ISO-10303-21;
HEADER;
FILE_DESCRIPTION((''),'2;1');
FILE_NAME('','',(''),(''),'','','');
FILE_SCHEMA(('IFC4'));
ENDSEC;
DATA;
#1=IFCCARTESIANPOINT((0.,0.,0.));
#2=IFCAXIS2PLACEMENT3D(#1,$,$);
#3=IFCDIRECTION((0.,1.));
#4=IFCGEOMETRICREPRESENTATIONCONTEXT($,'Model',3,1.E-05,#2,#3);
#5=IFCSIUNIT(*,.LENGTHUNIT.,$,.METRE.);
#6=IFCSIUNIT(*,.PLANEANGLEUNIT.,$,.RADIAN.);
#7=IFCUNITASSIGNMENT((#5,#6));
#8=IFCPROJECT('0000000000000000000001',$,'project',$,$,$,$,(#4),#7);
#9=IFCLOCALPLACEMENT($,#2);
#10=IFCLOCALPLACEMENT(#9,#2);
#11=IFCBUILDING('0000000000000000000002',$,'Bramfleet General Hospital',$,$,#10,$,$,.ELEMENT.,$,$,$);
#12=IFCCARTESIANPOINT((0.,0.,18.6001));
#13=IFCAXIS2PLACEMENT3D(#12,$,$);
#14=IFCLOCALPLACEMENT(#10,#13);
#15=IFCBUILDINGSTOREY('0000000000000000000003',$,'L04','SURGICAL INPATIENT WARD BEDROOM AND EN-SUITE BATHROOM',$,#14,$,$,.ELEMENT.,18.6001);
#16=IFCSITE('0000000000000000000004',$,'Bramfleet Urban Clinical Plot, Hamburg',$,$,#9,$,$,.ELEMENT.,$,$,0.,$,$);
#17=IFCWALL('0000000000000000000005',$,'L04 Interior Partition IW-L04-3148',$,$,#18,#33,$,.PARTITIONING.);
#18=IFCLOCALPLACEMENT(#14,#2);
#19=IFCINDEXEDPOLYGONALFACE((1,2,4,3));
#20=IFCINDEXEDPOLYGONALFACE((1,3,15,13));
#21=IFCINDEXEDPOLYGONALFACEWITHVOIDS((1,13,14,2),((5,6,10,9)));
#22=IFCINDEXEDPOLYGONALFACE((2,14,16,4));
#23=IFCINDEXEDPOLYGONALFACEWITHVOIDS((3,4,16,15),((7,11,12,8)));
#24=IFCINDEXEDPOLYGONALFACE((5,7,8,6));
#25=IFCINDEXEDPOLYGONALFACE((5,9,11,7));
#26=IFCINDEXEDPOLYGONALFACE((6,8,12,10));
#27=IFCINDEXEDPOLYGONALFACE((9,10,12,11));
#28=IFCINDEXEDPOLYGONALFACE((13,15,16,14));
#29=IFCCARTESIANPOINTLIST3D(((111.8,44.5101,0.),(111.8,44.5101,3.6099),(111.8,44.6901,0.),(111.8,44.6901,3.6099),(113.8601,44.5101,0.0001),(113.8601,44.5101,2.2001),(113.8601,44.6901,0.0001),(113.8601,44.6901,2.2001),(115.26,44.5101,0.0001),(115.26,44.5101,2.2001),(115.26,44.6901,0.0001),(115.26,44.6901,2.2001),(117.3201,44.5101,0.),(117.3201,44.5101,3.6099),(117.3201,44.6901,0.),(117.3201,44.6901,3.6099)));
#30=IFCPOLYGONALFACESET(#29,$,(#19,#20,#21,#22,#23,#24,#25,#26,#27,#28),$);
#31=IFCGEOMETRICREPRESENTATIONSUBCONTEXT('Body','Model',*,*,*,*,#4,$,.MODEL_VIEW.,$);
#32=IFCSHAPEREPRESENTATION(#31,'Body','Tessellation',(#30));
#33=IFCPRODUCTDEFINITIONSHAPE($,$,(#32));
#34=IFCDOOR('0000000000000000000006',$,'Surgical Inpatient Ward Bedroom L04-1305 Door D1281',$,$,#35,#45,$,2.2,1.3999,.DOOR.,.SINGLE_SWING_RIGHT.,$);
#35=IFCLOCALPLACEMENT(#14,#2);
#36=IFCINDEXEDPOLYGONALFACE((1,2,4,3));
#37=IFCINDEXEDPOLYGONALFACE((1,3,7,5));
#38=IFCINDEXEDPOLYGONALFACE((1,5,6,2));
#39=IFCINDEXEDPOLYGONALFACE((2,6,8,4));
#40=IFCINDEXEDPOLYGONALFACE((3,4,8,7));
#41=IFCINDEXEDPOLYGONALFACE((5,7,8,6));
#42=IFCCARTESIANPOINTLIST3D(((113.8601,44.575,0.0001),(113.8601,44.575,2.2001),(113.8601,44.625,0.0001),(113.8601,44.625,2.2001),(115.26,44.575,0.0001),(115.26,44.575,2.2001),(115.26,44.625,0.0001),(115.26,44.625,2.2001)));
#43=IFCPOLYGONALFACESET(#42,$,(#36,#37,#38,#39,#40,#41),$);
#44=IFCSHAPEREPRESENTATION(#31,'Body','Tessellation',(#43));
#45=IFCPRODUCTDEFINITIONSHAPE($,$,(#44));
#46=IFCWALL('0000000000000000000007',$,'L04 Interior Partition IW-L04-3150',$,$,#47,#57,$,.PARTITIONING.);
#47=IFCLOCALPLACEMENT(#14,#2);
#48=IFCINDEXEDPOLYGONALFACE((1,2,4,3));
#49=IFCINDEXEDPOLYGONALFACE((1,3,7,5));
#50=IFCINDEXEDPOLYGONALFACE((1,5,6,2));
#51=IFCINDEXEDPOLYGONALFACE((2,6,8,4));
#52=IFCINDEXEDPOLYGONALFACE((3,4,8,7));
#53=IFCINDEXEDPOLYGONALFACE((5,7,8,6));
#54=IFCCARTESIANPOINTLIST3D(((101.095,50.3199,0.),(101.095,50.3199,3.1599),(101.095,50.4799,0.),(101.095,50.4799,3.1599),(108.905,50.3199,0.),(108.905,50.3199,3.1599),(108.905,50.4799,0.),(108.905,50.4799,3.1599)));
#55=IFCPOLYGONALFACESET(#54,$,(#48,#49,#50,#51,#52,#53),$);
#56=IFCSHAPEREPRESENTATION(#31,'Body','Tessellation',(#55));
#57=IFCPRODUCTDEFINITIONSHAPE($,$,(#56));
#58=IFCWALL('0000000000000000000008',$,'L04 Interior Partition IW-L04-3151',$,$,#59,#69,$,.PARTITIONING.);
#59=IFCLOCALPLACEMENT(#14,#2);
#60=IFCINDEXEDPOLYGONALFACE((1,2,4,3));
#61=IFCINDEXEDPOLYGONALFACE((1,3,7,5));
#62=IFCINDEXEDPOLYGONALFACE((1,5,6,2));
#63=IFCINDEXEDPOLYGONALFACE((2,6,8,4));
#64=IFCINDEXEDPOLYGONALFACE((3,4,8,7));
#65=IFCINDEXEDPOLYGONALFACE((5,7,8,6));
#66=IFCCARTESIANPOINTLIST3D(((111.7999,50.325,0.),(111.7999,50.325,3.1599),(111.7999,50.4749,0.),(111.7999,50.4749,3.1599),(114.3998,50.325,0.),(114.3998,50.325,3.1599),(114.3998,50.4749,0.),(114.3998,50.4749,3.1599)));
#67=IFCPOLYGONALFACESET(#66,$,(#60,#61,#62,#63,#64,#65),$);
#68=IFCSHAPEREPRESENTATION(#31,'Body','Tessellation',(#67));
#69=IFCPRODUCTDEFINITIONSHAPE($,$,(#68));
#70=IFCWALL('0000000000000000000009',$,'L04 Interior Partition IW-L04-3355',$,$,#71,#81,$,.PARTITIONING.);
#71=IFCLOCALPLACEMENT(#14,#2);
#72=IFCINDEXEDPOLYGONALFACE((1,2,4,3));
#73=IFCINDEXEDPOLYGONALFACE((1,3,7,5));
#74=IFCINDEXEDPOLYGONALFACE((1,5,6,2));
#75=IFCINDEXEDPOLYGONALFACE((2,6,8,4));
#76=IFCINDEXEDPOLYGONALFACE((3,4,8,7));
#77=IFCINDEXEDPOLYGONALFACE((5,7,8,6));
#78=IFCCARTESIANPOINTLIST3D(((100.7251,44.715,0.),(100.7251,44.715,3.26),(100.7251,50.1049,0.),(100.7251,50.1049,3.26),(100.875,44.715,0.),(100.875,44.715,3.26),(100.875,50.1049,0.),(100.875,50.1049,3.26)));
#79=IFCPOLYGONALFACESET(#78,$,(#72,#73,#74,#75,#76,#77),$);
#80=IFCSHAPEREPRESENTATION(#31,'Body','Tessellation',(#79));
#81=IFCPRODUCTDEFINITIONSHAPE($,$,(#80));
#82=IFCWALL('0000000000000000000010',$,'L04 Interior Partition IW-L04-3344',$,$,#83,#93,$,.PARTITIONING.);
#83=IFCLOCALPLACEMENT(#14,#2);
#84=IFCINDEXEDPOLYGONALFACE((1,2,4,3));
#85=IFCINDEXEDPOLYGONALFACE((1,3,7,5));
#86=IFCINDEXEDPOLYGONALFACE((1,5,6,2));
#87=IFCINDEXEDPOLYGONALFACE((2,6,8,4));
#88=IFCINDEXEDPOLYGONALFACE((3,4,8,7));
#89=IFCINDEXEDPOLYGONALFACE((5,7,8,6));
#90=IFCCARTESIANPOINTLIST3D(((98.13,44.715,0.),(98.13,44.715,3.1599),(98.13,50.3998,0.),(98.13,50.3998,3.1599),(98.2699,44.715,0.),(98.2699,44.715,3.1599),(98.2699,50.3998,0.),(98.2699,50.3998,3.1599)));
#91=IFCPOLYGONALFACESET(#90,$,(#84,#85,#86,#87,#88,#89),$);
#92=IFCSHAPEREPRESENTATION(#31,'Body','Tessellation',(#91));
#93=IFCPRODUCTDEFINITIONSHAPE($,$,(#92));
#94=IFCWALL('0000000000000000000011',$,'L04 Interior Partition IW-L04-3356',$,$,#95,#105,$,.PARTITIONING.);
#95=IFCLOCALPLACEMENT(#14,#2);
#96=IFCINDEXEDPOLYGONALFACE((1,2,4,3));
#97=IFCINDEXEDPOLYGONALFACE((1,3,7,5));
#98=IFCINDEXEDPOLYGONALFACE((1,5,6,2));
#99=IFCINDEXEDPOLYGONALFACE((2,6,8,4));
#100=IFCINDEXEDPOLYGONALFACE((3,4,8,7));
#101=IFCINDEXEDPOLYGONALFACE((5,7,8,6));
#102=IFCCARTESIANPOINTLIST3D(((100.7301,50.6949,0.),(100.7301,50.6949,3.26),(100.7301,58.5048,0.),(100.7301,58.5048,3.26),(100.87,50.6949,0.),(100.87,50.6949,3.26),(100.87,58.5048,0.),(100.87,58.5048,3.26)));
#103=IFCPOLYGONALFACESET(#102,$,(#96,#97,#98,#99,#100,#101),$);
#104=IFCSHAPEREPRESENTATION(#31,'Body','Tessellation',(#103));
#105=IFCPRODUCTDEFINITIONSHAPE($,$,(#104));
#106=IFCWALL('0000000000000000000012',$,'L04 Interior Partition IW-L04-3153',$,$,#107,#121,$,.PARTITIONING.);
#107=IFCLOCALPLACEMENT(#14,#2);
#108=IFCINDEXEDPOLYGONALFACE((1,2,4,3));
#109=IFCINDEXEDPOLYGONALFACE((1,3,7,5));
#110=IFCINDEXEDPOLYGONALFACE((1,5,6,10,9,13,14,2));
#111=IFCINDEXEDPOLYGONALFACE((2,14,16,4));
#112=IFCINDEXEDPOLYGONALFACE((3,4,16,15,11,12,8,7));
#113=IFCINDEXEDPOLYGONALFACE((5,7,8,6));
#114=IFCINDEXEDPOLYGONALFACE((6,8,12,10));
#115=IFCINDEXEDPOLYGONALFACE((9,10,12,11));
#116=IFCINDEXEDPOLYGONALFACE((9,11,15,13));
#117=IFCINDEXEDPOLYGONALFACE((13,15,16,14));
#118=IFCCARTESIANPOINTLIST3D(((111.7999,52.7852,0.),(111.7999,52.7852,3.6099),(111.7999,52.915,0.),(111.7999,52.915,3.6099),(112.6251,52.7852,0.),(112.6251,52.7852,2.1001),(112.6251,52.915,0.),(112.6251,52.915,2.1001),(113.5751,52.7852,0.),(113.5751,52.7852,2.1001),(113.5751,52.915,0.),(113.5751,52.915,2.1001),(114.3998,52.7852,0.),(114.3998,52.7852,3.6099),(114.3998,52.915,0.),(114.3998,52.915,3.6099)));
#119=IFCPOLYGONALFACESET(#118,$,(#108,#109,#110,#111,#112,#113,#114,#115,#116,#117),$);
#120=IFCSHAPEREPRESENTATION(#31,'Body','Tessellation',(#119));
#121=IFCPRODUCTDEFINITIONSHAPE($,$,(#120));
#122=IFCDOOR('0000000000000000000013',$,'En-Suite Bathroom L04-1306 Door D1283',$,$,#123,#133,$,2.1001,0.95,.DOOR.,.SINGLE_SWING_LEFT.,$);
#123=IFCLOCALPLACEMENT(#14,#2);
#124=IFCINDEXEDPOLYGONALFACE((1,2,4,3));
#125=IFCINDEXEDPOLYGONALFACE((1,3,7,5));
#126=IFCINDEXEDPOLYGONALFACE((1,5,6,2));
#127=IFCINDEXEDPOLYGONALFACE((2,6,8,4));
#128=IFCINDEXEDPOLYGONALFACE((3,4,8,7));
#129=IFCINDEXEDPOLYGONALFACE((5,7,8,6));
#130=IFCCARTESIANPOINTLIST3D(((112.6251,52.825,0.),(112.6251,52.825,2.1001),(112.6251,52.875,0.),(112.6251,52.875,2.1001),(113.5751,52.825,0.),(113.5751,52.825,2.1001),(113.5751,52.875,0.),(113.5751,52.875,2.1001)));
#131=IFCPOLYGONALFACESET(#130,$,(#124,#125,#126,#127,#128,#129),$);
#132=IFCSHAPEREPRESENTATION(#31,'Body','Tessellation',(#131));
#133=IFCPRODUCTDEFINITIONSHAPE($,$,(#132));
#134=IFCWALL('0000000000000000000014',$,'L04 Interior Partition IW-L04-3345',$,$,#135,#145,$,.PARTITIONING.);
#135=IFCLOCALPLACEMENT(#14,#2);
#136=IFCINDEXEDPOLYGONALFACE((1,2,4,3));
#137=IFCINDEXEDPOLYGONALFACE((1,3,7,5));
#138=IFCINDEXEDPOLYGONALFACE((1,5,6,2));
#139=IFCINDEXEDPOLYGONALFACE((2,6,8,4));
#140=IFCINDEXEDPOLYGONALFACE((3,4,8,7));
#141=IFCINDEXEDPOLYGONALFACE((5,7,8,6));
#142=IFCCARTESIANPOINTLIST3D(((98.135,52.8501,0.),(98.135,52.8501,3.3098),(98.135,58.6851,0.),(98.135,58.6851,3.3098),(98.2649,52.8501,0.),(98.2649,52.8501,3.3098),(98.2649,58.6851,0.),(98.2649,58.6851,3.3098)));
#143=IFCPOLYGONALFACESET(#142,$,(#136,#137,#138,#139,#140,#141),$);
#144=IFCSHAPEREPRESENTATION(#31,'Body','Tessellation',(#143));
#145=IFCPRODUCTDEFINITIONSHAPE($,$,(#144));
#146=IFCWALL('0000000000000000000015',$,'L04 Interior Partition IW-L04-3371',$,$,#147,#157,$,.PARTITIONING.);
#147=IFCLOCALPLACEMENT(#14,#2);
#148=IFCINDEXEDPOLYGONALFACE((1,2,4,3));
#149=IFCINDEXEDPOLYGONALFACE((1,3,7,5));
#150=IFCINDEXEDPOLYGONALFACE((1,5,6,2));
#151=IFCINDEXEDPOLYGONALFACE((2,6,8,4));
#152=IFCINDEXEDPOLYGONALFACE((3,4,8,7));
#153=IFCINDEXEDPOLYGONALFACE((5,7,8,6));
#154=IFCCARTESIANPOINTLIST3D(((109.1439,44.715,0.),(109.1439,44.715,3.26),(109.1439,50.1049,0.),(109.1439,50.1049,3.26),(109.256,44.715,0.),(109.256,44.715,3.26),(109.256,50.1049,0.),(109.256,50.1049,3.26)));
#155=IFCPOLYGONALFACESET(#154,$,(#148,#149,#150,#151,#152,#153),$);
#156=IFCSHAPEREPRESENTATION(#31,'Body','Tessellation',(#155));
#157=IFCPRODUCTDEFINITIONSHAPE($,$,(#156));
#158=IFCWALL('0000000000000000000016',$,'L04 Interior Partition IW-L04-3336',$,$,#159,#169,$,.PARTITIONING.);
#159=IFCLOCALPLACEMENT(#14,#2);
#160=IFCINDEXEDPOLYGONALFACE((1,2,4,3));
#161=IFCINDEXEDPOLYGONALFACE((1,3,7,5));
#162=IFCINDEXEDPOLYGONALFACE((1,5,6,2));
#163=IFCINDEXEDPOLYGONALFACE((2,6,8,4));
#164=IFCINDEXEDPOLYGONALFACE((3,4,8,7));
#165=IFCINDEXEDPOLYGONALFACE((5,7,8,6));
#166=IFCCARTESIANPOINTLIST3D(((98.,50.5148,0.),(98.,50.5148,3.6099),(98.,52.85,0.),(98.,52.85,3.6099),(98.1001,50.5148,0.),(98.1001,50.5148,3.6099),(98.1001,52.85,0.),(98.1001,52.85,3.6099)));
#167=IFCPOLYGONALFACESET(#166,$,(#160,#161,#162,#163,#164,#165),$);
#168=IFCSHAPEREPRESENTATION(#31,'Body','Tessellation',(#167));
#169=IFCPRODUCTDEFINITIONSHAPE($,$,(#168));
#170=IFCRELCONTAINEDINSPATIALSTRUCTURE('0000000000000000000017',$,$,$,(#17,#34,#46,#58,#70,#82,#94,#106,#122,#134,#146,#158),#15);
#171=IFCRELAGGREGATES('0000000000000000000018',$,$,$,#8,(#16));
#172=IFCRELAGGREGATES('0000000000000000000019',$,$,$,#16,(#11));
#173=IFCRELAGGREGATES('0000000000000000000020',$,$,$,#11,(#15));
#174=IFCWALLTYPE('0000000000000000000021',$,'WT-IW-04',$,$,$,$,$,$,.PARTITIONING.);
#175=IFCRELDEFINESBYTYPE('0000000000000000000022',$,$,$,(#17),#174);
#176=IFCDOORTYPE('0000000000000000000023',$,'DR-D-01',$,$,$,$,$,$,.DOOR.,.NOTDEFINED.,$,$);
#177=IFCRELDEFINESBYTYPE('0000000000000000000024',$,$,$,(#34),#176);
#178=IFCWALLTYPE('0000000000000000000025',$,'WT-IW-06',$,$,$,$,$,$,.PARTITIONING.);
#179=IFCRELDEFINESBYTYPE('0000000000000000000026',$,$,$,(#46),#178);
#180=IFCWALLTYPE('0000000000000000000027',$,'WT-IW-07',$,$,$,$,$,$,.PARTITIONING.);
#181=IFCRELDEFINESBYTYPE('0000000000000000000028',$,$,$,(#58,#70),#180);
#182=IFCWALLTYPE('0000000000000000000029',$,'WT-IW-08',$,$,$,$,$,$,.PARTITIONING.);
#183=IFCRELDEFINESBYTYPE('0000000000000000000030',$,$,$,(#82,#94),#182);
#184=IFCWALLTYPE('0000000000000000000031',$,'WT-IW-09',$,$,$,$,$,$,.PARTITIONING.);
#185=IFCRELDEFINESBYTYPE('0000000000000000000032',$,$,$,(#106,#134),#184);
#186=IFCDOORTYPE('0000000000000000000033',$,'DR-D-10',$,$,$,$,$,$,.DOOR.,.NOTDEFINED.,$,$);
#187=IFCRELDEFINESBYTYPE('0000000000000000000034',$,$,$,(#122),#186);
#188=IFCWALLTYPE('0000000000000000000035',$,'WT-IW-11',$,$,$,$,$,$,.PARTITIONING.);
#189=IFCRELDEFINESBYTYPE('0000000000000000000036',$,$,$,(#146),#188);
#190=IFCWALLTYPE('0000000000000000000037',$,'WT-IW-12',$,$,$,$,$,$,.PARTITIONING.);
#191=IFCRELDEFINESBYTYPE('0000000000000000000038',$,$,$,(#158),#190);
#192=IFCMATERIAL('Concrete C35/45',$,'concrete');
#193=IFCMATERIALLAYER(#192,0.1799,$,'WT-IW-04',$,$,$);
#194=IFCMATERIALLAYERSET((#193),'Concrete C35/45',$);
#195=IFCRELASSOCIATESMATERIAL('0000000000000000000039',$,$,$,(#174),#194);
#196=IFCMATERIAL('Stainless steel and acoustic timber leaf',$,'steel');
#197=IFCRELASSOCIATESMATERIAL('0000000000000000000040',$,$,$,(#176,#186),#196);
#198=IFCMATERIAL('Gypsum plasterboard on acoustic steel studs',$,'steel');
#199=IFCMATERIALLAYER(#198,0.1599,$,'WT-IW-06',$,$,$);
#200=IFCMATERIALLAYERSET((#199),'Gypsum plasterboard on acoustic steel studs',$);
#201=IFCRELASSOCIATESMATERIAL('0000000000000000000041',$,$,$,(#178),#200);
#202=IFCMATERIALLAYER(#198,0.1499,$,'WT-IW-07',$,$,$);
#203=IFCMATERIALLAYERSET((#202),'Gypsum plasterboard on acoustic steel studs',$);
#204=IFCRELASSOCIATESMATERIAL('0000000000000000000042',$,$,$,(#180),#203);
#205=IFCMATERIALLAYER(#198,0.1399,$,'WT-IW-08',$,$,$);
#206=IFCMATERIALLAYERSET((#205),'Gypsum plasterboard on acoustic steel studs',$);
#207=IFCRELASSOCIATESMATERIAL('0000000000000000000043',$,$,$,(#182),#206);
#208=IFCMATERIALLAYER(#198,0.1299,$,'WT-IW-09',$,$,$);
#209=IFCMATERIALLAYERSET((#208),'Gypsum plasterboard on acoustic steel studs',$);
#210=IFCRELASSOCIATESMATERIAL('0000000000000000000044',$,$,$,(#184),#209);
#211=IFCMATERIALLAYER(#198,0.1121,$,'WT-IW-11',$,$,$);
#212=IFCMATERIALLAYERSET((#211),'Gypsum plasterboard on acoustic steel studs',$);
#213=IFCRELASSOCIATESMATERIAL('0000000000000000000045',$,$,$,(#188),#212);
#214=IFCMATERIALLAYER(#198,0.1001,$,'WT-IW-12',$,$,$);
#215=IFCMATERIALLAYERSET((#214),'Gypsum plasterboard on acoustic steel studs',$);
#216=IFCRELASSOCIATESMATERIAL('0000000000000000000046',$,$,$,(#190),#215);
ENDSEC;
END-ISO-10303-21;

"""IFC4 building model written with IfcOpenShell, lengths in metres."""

from ifc_helpers import new_model, si_unit, direction, frame, frame_2d, origin, place, context, subcontext, project, spatial, rectangle, extrude, material, layer, layer_set, type_object, element, fill, save


model = new_model("IFC4")

# Units and contexts
model_context = context("Model", 3, precision=1e-05, world=origin(), true_north=direction((0.0, 1.0)))
body_context = subcontext(model_context, "Body", "Model", "MODEL_VIEW")
ifc_project = project(units=[si_unit("LENGTHUNIT", "METRE"), si_unit("PLANEANGLEUNIT", "RADIAN")], contexts=[model_context])

# Site, building, storey
site_placement = place(None, origin())
site = spatial("IfcSite", under=ifc_project, at=site_placement, Name="Bramfleet Urban Clinical Plot, Hamburg", CompositionType="ELEMENT", RefElevation=0.0)
building_placement = place(site_placement, origin())
building = spatial("IfcBuilding", under=site, at=building_placement, Name="Bramfleet General Hospital", CompositionType="ELEMENT")
storey_placement = place(building_placement, frame((0.0, 0.0, 18.6001)))
storey = spatial("IfcBuildingStorey", under=building, at=storey_placement, Name="L04", Description="SURGICAL INPATIENT WARD BEDROOM AND EN-SUITE BATHROOM", CompositionType="ELEMENT", Elevation=18.6001)

# Wall, opening, door
ifc_material_1 = material(Name="Concrete C35/45", Category="concrete")
ifc_material_2 = material(Name="Stainless steel and acoustic timber leaf", Category="steel")
ifc_layer_1 = layer(ifc_material_1, 0.1799, Name="WT-IW-04")
ifc_layer_set_1 = layer_set([ifc_layer_1], Name="Concrete C35/45")
wall_type_1 = type_object("IfcWallType", Name="WT-IW-04", PredefinedType="PARTITIONING", material=ifc_layer_set_1)
wall_1_placement = place(storey_placement, frame((111.8, 44.6001, 0.0), z_axis=(0.0, 0.0, 1.0), x_axis=(1.0, 0.0, 0.0)))
wall_1 = element("IfcWall", 1, at=wall_1_placement, inside=storey, type_object=wall_type_1, Name="L04 Interior Partition IW-L04-3148", PredefinedType="PARTITIONING", context=body_context, shape_type="SweptSolid", body=[
    extrude(rectangle(XDim=5.52, YDim=0.1799, at=frame_2d((2.76, 0.0))), origin(), (0.0, 0.0, 1.0), 3.6099),
])
opening_1_placement = place(wall_1_placement, frame((2.0601, 0.0, 0.0)))
opening_1 = element("IfcOpeningElement", 2, at=opening_1_placement, cuts=wall_1, PredefinedType="OPENING", context=body_context, shape_type="SweptSolid", body=[
    extrude(rectangle(XDim=1.3999, YDim=2.2, at=frame_2d((0.7, 1.1001))), frame((0.0, 0.0999, 0.0), z_axis=(0.0, -1.0, 0.0), x_axis=(1.0, 0.0, 0.0)), (0.0, 0.0, 1.0), 0.2),
])
door_type_1 = type_object("IfcDoorType", Name="DR-D-01", OperationType="NOTDEFINED", PredefinedType="DOOR", material=ifc_material_2)
door_1_placement = place(opening_1_placement, origin())
door_1 = element("IfcDoor", 3, at=door_1_placement, inside=storey, type_object=door_type_1, Name="Surgical Inpatient Ward Bedroom L04-1305 Door D1281", OperationType="SINGLE_SWING_RIGHT", OverallHeight=2.2, OverallWidth=1.3999, PredefinedType="DOOR", context=body_context, shape_type="SweptSolid", body=[
    extrude(rectangle(XDim=1.3999, YDim=2.2, at=frame_2d((0.7, 1.1001))), frame((0.0, 0.0249, 0.0), z_axis=(0.0, -1.0, 0.0), x_axis=(1.0, 0.0, 0.0)), (0.0, 0.0, 1.0), 0.05),
])
fill(opening_1, door_1)

# Walls
ifc_material_3 = material(Name="Gypsum plasterboard on acoustic steel studs", Category="steel")
ifc_layer_2 = layer(ifc_material_3, 0.1599, Name="WT-IW-06")
ifc_layer_set_2 = layer_set([ifc_layer_2], Name="Gypsum plasterboard on acoustic steel studs")
wall_type_2 = type_object("IfcWallType", Name="WT-IW-06", PredefinedType="PARTITIONING", material=ifc_layer_set_2)
wall_2_placement = place(storey_placement, frame((101.095, 50.3999, 0.0), z_axis=(0.0, 0.0, 1.0), x_axis=(1.0, 0.0, 0.0)))
element("IfcWall", 4, at=wall_2_placement, inside=storey, type_object=wall_type_2, Name="L04 Interior Partition IW-L04-3150", PredefinedType="PARTITIONING", context=body_context, shape_type="SweptSolid", body=[
    extrude(rectangle(XDim=7.8101, YDim=0.1599, at=frame_2d((3.905, 0.0))), origin(), (0.0, 0.0, 1.0), 3.1599),
])
ifc_layer_3 = layer(ifc_material_3, 0.1499, Name="WT-IW-07")
ifc_layer_set_3 = layer_set([ifc_layer_3], Name="Gypsum plasterboard on acoustic steel studs")
wall_type_3 = type_object("IfcWallType", Name="WT-IW-07", PredefinedType="PARTITIONING", material=ifc_layer_set_3)
wall_3_placement = place(storey_placement, frame((111.8, 50.3999, 0.0), z_axis=(0.0, 0.0, 1.0), x_axis=(1.0, 0.0, 0.0)))
element("IfcWall", 5, at=wall_3_placement, inside=storey, type_object=wall_type_3, Name="L04 Interior Partition IW-L04-3151", PredefinedType="PARTITIONING", context=body_context, shape_type="SweptSolid", body=[
    extrude(rectangle(XDim=2.5999, YDim=0.1499, at=frame_2d((1.2998, 0.0))), origin(), (0.0, 0.0, 1.0), 3.1599),
])
wall_4_placement = place(storey_placement, frame((100.8, 44.7151, 0.0), z_axis=(0.0, 0.0, 1.0), x_axis=(0.0, 1.0, 0.0)))
element("IfcWall", 6, at=wall_4_placement, inside=storey, type_object=wall_type_3, Name="L04 Interior Partition IW-L04-3355", PredefinedType="PARTITIONING", context=body_context, shape_type="SweptSolid", body=[
    extrude(rectangle(XDim=5.3899, YDim=0.1499, at=frame_2d((2.6948, 0.0))), origin(), (0.0, 0.0, 1.0), 3.26),
])
ifc_layer_4 = layer(ifc_material_3, 0.1399, Name="WT-IW-08")
ifc_layer_set_4 = layer_set([ifc_layer_4], Name="Gypsum plasterboard on acoustic steel studs")
wall_type_4 = type_object("IfcWallType", Name="WT-IW-08", PredefinedType="PARTITIONING", material=ifc_layer_set_4)
wall_5_placement = place(storey_placement, frame((98.2, 44.7151, 0.0), z_axis=(0.0, 0.0, 1.0), x_axis=(0.0, 1.0, 0.0)))
element("IfcWall", 7, at=wall_5_placement, inside=storey, type_object=wall_type_4, Name="L04 Interior Partition IW-L04-3344", PredefinedType="PARTITIONING", context=body_context, shape_type="SweptSolid", body=[
    extrude(rectangle(XDim=5.6848, YDim=0.1399, at=frame_2d((2.8423, 0.0))), origin(), (0.0, 0.0, 1.0), 3.1599),
])
wall_6_placement = place(storey_placement, frame((100.8, 50.6951, 0.0), z_axis=(0.0, 0.0, 1.0), x_axis=(0.0, 1.0, 0.0)))
element("IfcWall", 8, at=wall_6_placement, inside=storey, type_object=wall_type_4, Name="L04 Interior Partition IW-L04-3356", PredefinedType="PARTITIONING", context=body_context, shape_type="SweptSolid", body=[
    extrude(rectangle(XDim=7.8098, YDim=0.1399, at=frame_2d((3.9048, 0.0))), origin(), (0.0, 0.0, 1.0), 3.26),
])

# Wall, opening, door
ifc_layer_5 = layer(ifc_material_3, 0.1299, Name="WT-IW-09")
ifc_layer_set_5 = layer_set([ifc_layer_5], Name="Gypsum plasterboard on acoustic steel studs")
wall_type_5 = type_object("IfcWallType", Name="WT-IW-09", PredefinedType="PARTITIONING", material=ifc_layer_set_5)
wall_7_placement = place(storey_placement, frame((111.8, 52.8501, 0.0), z_axis=(0.0, 0.0, 1.0), x_axis=(1.0, 0.0, 0.0)))
wall_7 = element("IfcWall", 9, at=wall_7_placement, inside=storey, type_object=wall_type_5, Name="L04 Interior Partition IW-L04-3153", PredefinedType="PARTITIONING", context=body_context, shape_type="SweptSolid", body=[
    extrude(rectangle(XDim=2.5999, YDim=0.1299, at=frame_2d((1.2998, 0.0))), origin(), (0.0, 0.0, 1.0), 3.6099),
])
opening_2_placement = place(wall_7_placement, frame((0.825, 0.0, 0.0)))
opening_2 = element("IfcOpeningElement", 10, at=opening_2_placement, cuts=wall_7, PredefinedType="OPENING", context=body_context, shape_type="SweptSolid", body=[
    extrude(rectangle(XDim=0.95, YDim=2.1001, at=frame_2d((0.4751, 1.05))), frame((0.0, 0.075, 0.0), z_axis=(0.0, -1.0, 0.0), x_axis=(1.0, 0.0, 0.0)), (0.0, 0.0, 1.0), 0.1499),
])
door_type_2 = type_object("IfcDoorType", Name="DR-D-10", OperationType="NOTDEFINED", PredefinedType="DOOR", material=ifc_material_2)
door_2_placement = place(opening_2_placement, origin())
door_2 = element("IfcDoor", 11, at=door_2_placement, inside=storey, type_object=door_type_2, Name="En-Suite Bathroom L04-1306 Door D1283", OperationType="SINGLE_SWING_LEFT", OverallHeight=2.1001, OverallWidth=0.95, PredefinedType="DOOR", context=body_context, shape_type="SweptSolid", body=[
    extrude(rectangle(XDim=0.95, YDim=2.1001, at=frame_2d((0.4751, 1.05))), frame((0.0, 0.0249, 0.0), z_axis=(0.0, -1.0, 0.0), x_axis=(1.0, 0.0, 0.0)), (0.0, 0.0, 1.0), 0.05),
])
fill(opening_2, door_2)

# Walls
wall_8_placement = place(storey_placement, frame((98.2, 52.8501, 0.0), z_axis=(0.0, 0.0, 1.0), x_axis=(0.0, 1.0, 0.0)))
element("IfcWall", 12, at=wall_8_placement, inside=storey, type_object=wall_type_5, Name="L04 Interior Partition IW-L04-3345", PredefinedType="PARTITIONING", context=body_context, shape_type="SweptSolid", body=[
    extrude(rectangle(XDim=5.835, YDim=0.1299, at=frame_2d((2.9175, 0.0))), origin(), (0.0, 0.0, 1.0), 3.3098),
])
ifc_layer_6 = layer(ifc_material_3, 0.1121, Name="WT-IW-11")
ifc_layer_set_6 = layer_set([ifc_layer_6], Name="Gypsum plasterboard on acoustic steel studs")
wall_type_6 = type_object("IfcWallType", Name="WT-IW-11", PredefinedType="PARTITIONING", material=ifc_layer_set_6)
wall_9_placement = place(storey_placement, frame((109.2, 44.7151, 0.0), z_axis=(0.0, 0.0, 1.0), x_axis=(0.0, 1.0, 0.0)))
element("IfcWall", 13, at=wall_9_placement, inside=storey, type_object=wall_type_6, Name="L04 Interior Partition IW-L04-3371", PredefinedType="PARTITIONING", context=body_context, shape_type="SweptSolid", body=[
    extrude(rectangle(XDim=5.3899, YDim=0.1121, at=frame_2d((2.6948, 0.0))), origin(), (0.0, 0.0, 1.0), 3.26),
])
ifc_layer_7 = layer(ifc_material_3, 0.1001, Name="WT-IW-12")
ifc_layer_set_7 = layer_set([ifc_layer_7], Name="Gypsum plasterboard on acoustic steel studs")
wall_type_7 = type_object("IfcWallType", Name="WT-IW-12", PredefinedType="PARTITIONING", material=ifc_layer_set_7)
wall_10_placement = place(storey_placement, frame((98.05, 50.5149, 0.0), z_axis=(0.0, 0.0, 1.0), x_axis=(0.0, 1.0, 0.0)))
element("IfcWall", 14, at=wall_10_placement, inside=storey, type_object=wall_type_7, Name="L04 Interior Partition IW-L04-3336", PredefinedType="PARTITIONING", context=body_context, shape_type="SweptSolid", body=[
    extrude(rectangle(XDim=2.3352, YDim=0.1001, at=frame_2d((1.1675, 0.0))), origin(), (0.0, 0.0, 1.0), 3.6099),
])

save(model, "model.ifc")
